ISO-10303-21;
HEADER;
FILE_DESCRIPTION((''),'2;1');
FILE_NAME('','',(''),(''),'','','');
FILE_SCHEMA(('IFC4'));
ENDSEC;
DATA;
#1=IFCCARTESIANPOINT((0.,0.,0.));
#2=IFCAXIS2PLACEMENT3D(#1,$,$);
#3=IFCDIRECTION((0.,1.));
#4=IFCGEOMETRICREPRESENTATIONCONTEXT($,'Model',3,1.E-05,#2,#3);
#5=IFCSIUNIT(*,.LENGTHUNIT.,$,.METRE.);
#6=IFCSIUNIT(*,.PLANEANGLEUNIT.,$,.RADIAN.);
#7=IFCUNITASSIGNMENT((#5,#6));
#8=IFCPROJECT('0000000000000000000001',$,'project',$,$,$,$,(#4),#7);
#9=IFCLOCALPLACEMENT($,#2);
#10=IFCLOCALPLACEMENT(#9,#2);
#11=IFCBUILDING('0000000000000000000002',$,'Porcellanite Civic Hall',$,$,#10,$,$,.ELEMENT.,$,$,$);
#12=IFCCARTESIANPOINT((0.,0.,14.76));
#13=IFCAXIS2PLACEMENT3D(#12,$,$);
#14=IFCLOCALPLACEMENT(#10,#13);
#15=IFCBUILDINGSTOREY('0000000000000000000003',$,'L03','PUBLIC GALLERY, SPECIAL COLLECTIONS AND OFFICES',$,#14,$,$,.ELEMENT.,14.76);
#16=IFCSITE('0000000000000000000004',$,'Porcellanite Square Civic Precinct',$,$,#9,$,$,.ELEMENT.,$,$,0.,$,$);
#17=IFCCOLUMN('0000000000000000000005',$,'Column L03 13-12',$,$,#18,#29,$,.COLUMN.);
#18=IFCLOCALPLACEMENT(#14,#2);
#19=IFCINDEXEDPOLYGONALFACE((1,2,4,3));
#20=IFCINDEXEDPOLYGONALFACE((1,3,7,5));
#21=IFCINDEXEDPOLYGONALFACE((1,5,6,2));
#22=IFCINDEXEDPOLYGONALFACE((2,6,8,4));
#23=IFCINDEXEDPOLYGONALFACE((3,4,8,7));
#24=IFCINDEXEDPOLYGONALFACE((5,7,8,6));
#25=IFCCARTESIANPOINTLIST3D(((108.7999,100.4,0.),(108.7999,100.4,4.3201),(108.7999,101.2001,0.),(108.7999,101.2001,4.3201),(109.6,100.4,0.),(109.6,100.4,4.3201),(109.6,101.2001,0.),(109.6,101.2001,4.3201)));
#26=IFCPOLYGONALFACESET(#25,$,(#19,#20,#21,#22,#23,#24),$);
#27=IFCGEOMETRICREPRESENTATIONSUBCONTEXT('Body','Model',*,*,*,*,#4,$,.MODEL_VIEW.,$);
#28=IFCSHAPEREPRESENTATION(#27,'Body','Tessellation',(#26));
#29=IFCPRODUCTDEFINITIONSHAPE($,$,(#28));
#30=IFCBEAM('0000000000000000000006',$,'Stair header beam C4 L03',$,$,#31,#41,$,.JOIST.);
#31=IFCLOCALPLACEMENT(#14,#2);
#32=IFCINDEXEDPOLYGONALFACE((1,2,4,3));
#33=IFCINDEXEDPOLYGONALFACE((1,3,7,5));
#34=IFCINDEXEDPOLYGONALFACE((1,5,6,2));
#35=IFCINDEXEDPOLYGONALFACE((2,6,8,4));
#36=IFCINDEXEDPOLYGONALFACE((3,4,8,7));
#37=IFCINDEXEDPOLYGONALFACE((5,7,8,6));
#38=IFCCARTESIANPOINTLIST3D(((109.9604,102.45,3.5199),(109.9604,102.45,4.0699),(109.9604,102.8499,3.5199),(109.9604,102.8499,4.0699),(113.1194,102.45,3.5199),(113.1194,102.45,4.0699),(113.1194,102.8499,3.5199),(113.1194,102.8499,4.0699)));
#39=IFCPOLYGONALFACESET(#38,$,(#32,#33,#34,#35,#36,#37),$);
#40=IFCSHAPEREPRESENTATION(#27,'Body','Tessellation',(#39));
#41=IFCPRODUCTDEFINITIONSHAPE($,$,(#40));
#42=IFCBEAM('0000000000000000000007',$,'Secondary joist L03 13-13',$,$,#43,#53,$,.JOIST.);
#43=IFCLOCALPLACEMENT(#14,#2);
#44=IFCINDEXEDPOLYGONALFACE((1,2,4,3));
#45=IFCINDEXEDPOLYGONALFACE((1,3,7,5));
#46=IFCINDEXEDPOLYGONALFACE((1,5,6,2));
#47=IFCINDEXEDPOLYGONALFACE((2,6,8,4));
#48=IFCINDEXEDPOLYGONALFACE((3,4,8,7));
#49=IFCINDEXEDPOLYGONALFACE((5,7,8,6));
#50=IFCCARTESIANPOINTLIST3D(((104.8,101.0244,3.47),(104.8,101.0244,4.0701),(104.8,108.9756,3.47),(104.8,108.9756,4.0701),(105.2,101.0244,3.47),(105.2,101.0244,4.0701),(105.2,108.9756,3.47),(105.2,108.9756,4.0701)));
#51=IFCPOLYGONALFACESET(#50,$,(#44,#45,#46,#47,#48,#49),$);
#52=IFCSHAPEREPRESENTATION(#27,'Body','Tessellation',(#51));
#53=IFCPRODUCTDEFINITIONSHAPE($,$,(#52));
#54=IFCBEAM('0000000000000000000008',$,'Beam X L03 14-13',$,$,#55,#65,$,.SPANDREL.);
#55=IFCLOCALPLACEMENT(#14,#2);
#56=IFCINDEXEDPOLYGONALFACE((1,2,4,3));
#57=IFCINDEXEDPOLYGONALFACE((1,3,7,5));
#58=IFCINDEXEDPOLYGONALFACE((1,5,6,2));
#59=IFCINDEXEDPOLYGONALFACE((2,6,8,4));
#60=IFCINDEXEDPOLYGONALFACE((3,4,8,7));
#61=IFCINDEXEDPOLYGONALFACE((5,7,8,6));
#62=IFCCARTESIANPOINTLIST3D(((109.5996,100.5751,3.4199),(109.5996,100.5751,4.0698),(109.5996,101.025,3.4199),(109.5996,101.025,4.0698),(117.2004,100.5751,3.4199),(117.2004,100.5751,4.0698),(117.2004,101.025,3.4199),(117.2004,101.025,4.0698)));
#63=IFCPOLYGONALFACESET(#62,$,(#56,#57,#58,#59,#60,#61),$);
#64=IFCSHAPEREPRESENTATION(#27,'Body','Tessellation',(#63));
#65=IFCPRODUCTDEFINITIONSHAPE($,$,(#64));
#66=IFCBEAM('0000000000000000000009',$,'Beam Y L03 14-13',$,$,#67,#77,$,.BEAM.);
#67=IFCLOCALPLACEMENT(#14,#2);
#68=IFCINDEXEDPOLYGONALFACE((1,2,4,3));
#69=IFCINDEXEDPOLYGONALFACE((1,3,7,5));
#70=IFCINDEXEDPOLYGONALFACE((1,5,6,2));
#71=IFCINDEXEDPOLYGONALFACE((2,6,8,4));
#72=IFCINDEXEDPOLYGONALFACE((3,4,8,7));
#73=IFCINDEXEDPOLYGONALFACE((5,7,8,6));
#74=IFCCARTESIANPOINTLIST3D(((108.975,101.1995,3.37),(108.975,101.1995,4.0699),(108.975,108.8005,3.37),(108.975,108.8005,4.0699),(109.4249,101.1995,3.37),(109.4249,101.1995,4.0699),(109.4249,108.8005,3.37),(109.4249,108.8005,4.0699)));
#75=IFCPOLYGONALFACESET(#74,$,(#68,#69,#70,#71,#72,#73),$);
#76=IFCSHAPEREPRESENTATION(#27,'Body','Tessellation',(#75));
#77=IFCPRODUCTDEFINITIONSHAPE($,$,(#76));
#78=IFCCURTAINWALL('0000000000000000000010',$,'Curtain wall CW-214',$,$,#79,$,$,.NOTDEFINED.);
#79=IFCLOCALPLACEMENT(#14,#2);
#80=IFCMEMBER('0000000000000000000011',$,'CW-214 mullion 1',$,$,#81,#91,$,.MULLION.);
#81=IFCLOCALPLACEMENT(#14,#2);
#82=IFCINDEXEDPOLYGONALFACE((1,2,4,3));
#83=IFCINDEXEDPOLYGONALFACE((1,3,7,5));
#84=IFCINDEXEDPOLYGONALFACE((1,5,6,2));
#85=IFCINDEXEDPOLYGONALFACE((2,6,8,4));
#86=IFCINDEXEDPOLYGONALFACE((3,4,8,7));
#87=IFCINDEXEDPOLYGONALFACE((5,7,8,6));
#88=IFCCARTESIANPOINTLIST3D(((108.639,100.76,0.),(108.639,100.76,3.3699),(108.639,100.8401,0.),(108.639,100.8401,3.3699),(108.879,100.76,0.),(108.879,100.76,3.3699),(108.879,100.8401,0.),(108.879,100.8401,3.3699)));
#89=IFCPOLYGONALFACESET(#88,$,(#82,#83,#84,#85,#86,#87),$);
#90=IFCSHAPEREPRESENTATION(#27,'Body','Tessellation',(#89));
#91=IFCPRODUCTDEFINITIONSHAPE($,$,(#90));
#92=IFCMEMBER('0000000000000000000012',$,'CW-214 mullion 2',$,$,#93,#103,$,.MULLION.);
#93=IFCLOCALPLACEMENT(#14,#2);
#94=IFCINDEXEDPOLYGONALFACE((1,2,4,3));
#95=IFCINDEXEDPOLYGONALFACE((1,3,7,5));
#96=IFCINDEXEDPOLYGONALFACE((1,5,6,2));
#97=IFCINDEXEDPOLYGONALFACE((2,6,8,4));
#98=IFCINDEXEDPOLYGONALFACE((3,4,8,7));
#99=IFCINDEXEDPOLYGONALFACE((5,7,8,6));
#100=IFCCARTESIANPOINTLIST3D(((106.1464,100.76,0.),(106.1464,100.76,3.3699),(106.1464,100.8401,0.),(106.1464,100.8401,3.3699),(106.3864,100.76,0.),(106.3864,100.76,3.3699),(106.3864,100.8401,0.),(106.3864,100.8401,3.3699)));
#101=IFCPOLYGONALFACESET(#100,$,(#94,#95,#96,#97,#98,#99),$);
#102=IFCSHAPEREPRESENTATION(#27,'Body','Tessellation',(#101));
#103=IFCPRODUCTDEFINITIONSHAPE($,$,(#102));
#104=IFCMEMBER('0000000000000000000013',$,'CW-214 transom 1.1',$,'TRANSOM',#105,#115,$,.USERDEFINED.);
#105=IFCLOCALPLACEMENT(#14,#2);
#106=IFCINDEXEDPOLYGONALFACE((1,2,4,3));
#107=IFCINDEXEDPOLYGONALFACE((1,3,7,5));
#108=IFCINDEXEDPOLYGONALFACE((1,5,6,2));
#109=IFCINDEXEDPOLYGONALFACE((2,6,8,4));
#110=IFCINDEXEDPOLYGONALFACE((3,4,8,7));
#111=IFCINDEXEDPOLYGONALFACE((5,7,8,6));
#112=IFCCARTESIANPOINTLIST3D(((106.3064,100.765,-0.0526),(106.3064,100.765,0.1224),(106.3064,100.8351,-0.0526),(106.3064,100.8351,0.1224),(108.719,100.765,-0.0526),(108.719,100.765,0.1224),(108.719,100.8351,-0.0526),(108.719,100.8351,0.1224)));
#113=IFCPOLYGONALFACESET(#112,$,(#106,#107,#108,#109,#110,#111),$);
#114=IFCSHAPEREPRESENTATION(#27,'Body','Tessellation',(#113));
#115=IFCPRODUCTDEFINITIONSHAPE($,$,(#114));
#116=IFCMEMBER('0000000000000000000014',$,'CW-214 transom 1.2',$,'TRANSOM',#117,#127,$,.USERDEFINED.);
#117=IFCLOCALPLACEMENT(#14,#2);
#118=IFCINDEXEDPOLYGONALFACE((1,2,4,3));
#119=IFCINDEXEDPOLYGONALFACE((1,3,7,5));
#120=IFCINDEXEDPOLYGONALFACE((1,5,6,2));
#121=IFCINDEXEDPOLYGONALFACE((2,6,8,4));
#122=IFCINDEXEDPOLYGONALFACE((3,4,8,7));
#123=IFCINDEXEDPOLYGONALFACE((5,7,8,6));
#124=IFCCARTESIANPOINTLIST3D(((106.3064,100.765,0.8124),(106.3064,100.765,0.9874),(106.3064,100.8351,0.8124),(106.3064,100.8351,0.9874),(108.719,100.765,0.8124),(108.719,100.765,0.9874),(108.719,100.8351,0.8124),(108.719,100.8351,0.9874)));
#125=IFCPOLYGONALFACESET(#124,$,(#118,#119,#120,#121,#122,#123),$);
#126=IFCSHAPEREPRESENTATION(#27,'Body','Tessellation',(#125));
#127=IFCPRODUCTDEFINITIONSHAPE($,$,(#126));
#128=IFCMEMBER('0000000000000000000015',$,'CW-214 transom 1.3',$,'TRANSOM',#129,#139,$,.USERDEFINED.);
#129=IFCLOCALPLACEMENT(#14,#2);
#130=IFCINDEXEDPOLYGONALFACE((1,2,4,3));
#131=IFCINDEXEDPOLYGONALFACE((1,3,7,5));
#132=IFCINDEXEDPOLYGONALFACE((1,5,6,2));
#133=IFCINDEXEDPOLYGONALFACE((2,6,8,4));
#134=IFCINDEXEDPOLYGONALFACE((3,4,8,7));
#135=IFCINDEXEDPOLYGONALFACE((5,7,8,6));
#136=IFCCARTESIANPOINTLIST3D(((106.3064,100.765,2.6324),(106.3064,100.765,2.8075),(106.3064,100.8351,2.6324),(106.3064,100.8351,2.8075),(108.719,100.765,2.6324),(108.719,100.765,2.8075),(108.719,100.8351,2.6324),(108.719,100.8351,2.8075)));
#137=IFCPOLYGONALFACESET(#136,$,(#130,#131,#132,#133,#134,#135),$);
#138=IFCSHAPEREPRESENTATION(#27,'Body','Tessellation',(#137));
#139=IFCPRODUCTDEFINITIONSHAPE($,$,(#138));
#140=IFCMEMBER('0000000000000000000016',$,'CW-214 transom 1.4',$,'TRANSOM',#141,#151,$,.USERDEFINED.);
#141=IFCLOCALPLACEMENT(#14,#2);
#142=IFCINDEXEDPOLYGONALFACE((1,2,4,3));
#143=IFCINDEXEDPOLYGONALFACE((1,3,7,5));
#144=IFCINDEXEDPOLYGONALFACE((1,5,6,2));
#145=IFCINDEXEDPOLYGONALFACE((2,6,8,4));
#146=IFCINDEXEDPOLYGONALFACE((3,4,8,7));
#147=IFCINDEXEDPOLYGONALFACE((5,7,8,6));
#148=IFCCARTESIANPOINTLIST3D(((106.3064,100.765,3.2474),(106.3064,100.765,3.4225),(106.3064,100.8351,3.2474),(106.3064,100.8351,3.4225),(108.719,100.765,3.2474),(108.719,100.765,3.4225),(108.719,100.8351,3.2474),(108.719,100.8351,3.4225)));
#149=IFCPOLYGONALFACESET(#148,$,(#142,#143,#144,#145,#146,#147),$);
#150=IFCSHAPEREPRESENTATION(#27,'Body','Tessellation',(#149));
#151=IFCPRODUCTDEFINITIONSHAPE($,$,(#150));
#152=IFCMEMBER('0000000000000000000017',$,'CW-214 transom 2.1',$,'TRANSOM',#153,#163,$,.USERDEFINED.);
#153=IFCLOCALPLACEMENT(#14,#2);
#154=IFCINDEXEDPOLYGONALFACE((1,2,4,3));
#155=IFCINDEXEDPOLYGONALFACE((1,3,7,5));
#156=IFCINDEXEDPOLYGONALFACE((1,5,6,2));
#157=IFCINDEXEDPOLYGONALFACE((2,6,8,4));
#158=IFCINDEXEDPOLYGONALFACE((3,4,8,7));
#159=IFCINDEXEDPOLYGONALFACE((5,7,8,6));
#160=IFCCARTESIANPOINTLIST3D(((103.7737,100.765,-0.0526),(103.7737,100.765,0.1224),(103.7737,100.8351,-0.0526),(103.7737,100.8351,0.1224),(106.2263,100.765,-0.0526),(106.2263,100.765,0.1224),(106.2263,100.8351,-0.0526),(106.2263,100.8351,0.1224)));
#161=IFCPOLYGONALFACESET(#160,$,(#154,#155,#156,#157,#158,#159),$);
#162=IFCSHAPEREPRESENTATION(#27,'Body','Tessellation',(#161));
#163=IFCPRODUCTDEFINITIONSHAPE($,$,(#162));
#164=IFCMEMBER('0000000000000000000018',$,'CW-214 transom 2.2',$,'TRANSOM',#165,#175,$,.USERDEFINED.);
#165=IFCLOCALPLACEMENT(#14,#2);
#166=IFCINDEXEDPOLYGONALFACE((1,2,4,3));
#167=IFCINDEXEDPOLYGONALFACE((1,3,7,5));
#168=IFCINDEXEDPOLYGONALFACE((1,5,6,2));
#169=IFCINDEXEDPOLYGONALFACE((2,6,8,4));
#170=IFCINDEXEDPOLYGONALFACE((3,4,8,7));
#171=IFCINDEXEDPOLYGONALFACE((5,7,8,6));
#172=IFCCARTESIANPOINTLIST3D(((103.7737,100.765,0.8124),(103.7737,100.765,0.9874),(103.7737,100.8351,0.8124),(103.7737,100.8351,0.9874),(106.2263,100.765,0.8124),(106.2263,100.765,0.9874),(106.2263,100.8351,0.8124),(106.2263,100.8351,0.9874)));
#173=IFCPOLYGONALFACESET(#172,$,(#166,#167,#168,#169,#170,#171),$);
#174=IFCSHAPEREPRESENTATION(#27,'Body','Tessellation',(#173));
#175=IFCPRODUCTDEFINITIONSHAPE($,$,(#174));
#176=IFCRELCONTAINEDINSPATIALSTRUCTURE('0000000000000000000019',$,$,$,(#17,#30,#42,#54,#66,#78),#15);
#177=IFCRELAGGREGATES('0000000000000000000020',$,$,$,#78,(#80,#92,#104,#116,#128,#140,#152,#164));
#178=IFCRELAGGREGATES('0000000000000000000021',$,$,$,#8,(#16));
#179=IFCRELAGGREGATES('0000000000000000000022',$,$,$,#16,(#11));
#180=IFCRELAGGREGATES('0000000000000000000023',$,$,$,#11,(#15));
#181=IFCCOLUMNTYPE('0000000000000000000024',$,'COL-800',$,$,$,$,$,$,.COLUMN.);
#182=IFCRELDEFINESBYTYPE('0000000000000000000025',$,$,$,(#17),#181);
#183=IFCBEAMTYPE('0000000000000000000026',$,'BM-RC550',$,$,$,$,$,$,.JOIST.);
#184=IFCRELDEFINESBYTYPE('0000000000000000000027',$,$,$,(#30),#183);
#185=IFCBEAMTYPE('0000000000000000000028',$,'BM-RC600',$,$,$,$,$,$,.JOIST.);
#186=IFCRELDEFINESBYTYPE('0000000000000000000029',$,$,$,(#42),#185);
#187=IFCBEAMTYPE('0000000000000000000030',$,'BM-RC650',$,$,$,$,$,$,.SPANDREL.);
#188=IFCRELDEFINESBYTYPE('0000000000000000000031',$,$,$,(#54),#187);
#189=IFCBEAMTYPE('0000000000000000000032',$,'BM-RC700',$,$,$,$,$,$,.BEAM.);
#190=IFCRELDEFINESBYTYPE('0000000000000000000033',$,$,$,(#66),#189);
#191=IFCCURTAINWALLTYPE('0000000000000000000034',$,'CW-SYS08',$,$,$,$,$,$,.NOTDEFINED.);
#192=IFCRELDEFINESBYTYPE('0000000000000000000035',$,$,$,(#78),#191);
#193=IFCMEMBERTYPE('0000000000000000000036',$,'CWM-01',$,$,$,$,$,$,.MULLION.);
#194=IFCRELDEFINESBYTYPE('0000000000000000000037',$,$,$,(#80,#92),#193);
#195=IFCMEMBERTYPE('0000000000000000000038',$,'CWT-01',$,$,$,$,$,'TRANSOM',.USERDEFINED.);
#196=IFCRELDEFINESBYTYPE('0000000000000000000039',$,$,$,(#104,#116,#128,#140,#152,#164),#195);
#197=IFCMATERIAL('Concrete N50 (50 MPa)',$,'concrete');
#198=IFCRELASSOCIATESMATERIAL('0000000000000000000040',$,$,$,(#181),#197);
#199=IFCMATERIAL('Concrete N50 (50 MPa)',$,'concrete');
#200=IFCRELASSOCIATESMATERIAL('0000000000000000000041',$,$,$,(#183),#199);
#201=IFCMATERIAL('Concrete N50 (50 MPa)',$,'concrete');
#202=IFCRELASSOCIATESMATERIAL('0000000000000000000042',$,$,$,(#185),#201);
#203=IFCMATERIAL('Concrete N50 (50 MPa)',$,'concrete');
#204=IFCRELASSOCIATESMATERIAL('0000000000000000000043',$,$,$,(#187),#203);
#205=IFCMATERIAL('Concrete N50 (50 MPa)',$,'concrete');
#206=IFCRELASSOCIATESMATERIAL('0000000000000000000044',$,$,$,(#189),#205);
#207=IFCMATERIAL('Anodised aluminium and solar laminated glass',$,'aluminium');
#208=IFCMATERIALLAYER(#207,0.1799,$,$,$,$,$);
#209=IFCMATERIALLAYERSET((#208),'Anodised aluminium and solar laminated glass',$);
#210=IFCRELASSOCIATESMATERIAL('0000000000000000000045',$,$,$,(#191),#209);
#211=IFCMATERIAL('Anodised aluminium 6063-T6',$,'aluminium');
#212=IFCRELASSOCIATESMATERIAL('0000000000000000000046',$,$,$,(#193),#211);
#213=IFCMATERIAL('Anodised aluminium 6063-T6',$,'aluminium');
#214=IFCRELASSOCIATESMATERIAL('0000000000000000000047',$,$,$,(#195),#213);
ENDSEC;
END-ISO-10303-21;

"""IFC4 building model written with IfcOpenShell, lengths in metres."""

from ifc_helpers import new_model, si_unit, direction, frame, origin, origin_2d, place, context, subcontext, project, spatial, rectangle, extrude, material, layer, layer_set, material_profile, profile_set, type_object, element, aggregate, save


model = new_model("IFC4")

# Units and contexts
model_context = context("Model", 3, precision=1e-05, world=origin(), true_north=direction((0.0, 1.0)))
body_context = subcontext(model_context, "Body", "Model", "MODEL_VIEW")
ifc_project = project(units=[si_unit("LENGTHUNIT", "METRE"), si_unit("PLANEANGLEUNIT", "RADIAN")], contexts=[model_context])

# Site, building, storey
site_placement = place(None, origin())
site = spatial("IfcSite", under=ifc_project, at=site_placement, Name="Porcellanite Square Civic Precinct", CompositionType="ELEMENT", RefElevation=0.0)
building_placement = place(site_placement, origin())
building = spatial("IfcBuilding", under=site, at=building_placement, Name="Porcellanite Civic Hall", CompositionType="ELEMENT")
storey_placement = place(building_placement, frame((0.0, 0.0, 14.76)))
storey = spatial("IfcBuildingStorey", under=building, at=storey_placement, Name="L03", Description="PUBLIC GALLERY, SPECIAL COLLECTIONS AND OFFICES", CompositionType="ELEMENT", Elevation=14.76)

# Column
ifc_material_1 = material(Name="Concrete N50 (50 MPa)", Category="concrete")
ifc_material_profile_1 = material_profile(ifc_material_1, rectangle(XDim=0.8, YDim=0.8, at=origin_2d()), Name="RC-800x800")
ifc_profile_set_1 = profile_set([ifc_material_profile_1], Name="Concrete N50 (50 MPa)")
column_type = type_object("IfcColumnType", Name="COL-800", PredefinedType="COLUMN", material=ifc_profile_set_1)
column_placement = place(storey_placement, frame((109.2, 100.8, 0.0), z_axis=(0.0, 0.0, 1.0), x_axis=(1.0, 0.0, 0.0)))
element("IfcColumn", 1, at=column_placement, inside=storey, type_object=column_type, Name="Column L03 13-12", PredefinedType="COLUMN", context=body_context, shape_type="SweptSolid", body=[
    extrude(rectangle(XDim=0.8, YDim=0.8, at=origin_2d()), origin(), (0.0, 0.0, 1.0), 4.3201),
])

# Beams
ifc_material_2 = material(Name="Concrete N50 (50 MPa)", Category="concrete")
ifc_material_profile_2 = material_profile(ifc_material_2, rectangle(XDim=0.3999, YDim=0.55, at=origin_2d()), Name="RC-400x550")
ifc_profile_set_2 = profile_set([ifc_material_profile_2], Name="Concrete N50 (50 MPa)")
beam_type_1 = type_object("IfcBeamType", Name="BM-RC550", PredefinedType="JOIST", material=ifc_profile_set_2)
beam_1_placement = place(storey_placement, frame((109.9604, 102.6499, 3.7949), z_axis=(1.0, 0.0, 0.0), x_axis=(0.0, 1.0, 0.0)))
element("IfcBeam", 2, at=beam_1_placement, inside=storey, type_object=beam_type_1, Name="Stair header beam C4 L03", PredefinedType="JOIST", context=body_context, shape_type="SweptSolid", body=[
    extrude(rectangle(XDim=0.3999, YDim=0.55, at=origin_2d()), origin(), (0.0, 0.0, 1.0), 3.1589),
])
ifc_material_3 = material(Name="Concrete N50 (50 MPa)", Category="concrete")
ifc_material_profile_3 = material_profile(ifc_material_3, rectangle(XDim=0.3999, YDim=0.6001, at=origin_2d()), Name="RC-400x600")
ifc_profile_set_3 = profile_set([ifc_material_profile_3], Name="Concrete N50 (50 MPa)")
beam_type_2 = type_object("IfcBeamType", Name="BM-RC600", PredefinedType="JOIST", material=ifc_profile_set_3)
beam_2_placement = place(storey_placement, frame((105.0, 101.0244, 3.77), z_axis=(0.0, 1.0, 0.0), x_axis=(-1.0, 0.0, 0.0)))
element("IfcBeam", 3, at=beam_2_placement, inside=storey, type_object=beam_type_2, Name="Secondary joist L03 13-13", PredefinedType="JOIST", context=body_context, shape_type="SweptSolid", body=[
    extrude(rectangle(XDim=0.3999, YDim=0.6001, at=origin_2d()), origin(), (0.0, 0.0, 1.0), 7.9512),
])
ifc_material_4 = material(Name="Concrete N50 (50 MPa)", Category="concrete")
ifc_material_profile_4 = material_profile(ifc_material_4, rectangle(XDim=0.45, YDim=0.6499, at=origin_2d()), Name="RC-450x650")
ifc_profile_set_4 = profile_set([ifc_material_profile_4], Name="Concrete N50 (50 MPa)")
beam_type_3 = type_object("IfcBeamType", Name="BM-RC650", PredefinedType="SPANDREL", material=ifc_profile_set_4)
beam_3_placement = place(storey_placement, frame((109.5996, 100.8, 3.7449), z_axis=(1.0, 0.0, 0.0), x_axis=(0.0, 1.0, 0.0)))
element("IfcBeam", 4, at=beam_3_placement, inside=storey, type_object=beam_type_3, Name="Beam X L03 14-13", PredefinedType="SPANDREL", context=body_context, shape_type="SweptSolid", body=[
    extrude(rectangle(XDim=0.45, YDim=0.6499, at=origin_2d()), origin(), (0.0, 0.0, 1.0), 7.6008),
])
ifc_material_5 = material(Name="Concrete N50 (50 MPa)", Category="concrete")
ifc_material_profile_5 = material_profile(ifc_material_5, rectangle(XDim=0.45, YDim=0.7, at=origin_2d()), Name="RC-450x700")
ifc_profile_set_5 = profile_set([ifc_material_profile_5], Name="Concrete N50 (50 MPa)")
beam_type_4 = type_object("IfcBeamType", Name="BM-RC700", PredefinedType="BEAM", material=ifc_profile_set_5)
beam_4_placement = place(storey_placement, frame((109.2, 101.1995, 3.72), z_axis=(0.0, 1.0, 0.0), x_axis=(-1.0, 0.0, 0.0)))
element("IfcBeam", 5, at=beam_4_placement, inside=storey, type_object=beam_type_4, Name="Beam Y L03 14-13", PredefinedType="BEAM", context=body_context, shape_type="SweptSolid", body=[
    extrude(rectangle(XDim=0.45, YDim=0.7, at=origin_2d()), origin(), (0.0, 0.0, 1.0), 7.6011),
])

# Curtain wall, members
ifc_material_6 = material(Name="Anodised aluminium and solar laminated glass", Category="aluminium")
ifc_layer_1 = layer(ifc_material_6, 0.1799)
ifc_layer_set_1 = layer_set([ifc_layer_1], Name="Anodised aluminium and solar laminated glass")
curtain_wall_type = type_object("IfcCurtainWallType", Name="CW-SYS08", PredefinedType="NOTDEFINED", material=ifc_layer_set_1)
curtain_wall_placement = place(storey_placement, origin())
curtain_wall = element("IfcCurtainWall", 6, at=curtain_wall_placement, inside=storey, type_object=curtain_wall_type, Name="Curtain wall CW-214", PredefinedType="NOTDEFINED")
ifc_material_7 = material(Name="Anodised aluminium 6063-T6", Category="aluminium")
ifc_material_profile_6 = material_profile(ifc_material_7, rectangle(XDim=0.0801, YDim=0.24, at=origin_2d()), Name="AL-80x240")
ifc_profile_set_6 = profile_set([ifc_material_profile_6], Name="Anodised aluminium 6063-T6")
member_type_1 = type_object("IfcMemberType", Name="CWM-01", PredefinedType="MULLION", material=ifc_profile_set_6)
member_1_placement = place(storey_placement, frame((108.759, 100.8, 0.0), z_axis=(0.0, 0.0, 1.0), x_axis=(0.0, -1.0, 0.0)))
member_1 = element("IfcMember", 7, at=member_1_placement, type_object=member_type_1, Name="CW-214 mullion 1", PredefinedType="MULLION", context=body_context, shape_type="SweptSolid", body=[
    extrude(rectangle(XDim=0.0801, YDim=0.24, at=origin_2d()), origin(), (0.0, 0.0, 1.0), 3.3699),
])
member_2_placement = place(storey_placement, frame((106.2664, 100.8, 0.0), z_axis=(0.0, 0.0, 1.0), x_axis=(0.0, -1.0, 0.0)))
member_2 = element("IfcMember", 8, at=member_2_placement, type_object=member_type_1, Name="CW-214 mullion 2", PredefinedType="MULLION", context=body_context, shape_type="SweptSolid", body=[
    extrude(rectangle(XDim=0.0801, YDim=0.24, at=origin_2d()), origin(), (0.0, 0.0, 1.0), 3.3699),
])
ifc_material_8 = material(Name="Anodised aluminium 6063-T6", Category="aluminium")
ifc_material_profile_7 = material_profile(ifc_material_8, rectangle(XDim=0.0701, YDim=0.175, at=origin_2d()), Name="AL-70x175")
ifc_profile_set_7 = profile_set([ifc_material_profile_7], Name="Anodised aluminium 6063-T6")
member_type_2 = type_object("IfcMemberType", Name="CWT-01", ElementType="TRANSOM", PredefinedType="USERDEFINED", material=ifc_profile_set_7)
member_3_placement = place(storey_placement, frame((108.719, 100.8, 0.0349), z_axis=(-1.0, 0.0, 0.0), x_axis=(0.0, -1.0, 0.0)))
member_3 = element("IfcMember", 9, at=member_3_placement, type_object=member_type_2, Name="CW-214 transom 1.1", ObjectType="TRANSOM", PredefinedType="USERDEFINED", context=body_context, shape_type="SweptSolid", body=[
    extrude(rectangle(XDim=0.0701, YDim=0.175, at=origin_2d()), origin(), (0.0, 0.0, 1.0), 2.4126),
])
member_4_placement = place(storey_placement, frame((108.719, 100.8, 0.8999), z_axis=(-1.0, 0.0, 0.0), x_axis=(0.0, -1.0, 0.0)))
member_4 = element("IfcMember", 10, at=member_4_placement, type_object=member_type_2, Name="CW-214 transom 1.2", ObjectType="TRANSOM", PredefinedType="USERDEFINED", context=body_context, shape_type="SweptSolid", body=[
    extrude(rectangle(XDim=0.0701, YDim=0.175, at=origin_2d()), origin(), (0.0, 0.0, 1.0), 2.4126),
])
member_5_placement = place(storey_placement, frame((108.719, 100.8, 2.72), z_axis=(-1.0, 0.0, 0.0), x_axis=(0.0, -1.0, 0.0)))
member_5 = element("IfcMember", 11, at=member_5_placement, type_object=member_type_2, Name="CW-214 transom 1.3", ObjectType="TRANSOM", PredefinedType="USERDEFINED", context=body_context, shape_type="SweptSolid", body=[
    extrude(rectangle(XDim=0.0701, YDim=0.175, at=origin_2d()), origin(), (0.0, 0.0, 1.0), 2.4126),
])
member_6_placement = place(storey_placement, frame((108.719, 100.8, 3.335), z_axis=(-1.0, 0.0, 0.0), x_axis=(0.0, -1.0, 0.0)))
member_6 = element("IfcMember", 12, at=member_6_placement, type_object=member_type_2, Name="CW-214 transom 1.4", ObjectType="TRANSOM", PredefinedType="USERDEFINED", context=body_context, shape_type="SweptSolid", body=[
    extrude(rectangle(XDim=0.0701, YDim=0.175, at=origin_2d()), origin(), (0.0, 0.0, 1.0), 2.4126),
])
member_7_placement = place(storey_placement, frame((106.2263, 100.8, 0.0349), z_axis=(-1.0, 0.0, 0.0), x_axis=(0.0, -1.0, 0.0)))
member_7 = element("IfcMember", 13, at=member_7_placement, type_object=member_type_2, Name="CW-214 transom 2.1", ObjectType="TRANSOM", PredefinedType="USERDEFINED", context=body_context, shape_type="SweptSolid", body=[
    extrude(rectangle(XDim=0.0701, YDim=0.175, at=origin_2d()), origin(), (0.0, 0.0, 1.0), 2.4526),
])
member_8_placement = place(storey_placement, frame((106.2263, 100.8, 0.8999), z_axis=(-1.0, 0.0, 0.0), x_axis=(0.0, -1.0, 0.0)))
member_8 = element("IfcMember", 14, at=member_8_placement, type_object=member_type_2, Name="CW-214 transom 2.2", ObjectType="TRANSOM", PredefinedType="USERDEFINED", context=body_context, shape_type="SweptSolid", body=[
    extrude(rectangle(XDim=0.0701, YDim=0.175, at=origin_2d()), origin(), (0.0, 0.0, 1.0), 2.4526),
])

aggregate(curtain_wall, [member_1, member_2, member_3, member_4, member_5, member_6, member_7, member_8])

save(model, "model.ifc")
